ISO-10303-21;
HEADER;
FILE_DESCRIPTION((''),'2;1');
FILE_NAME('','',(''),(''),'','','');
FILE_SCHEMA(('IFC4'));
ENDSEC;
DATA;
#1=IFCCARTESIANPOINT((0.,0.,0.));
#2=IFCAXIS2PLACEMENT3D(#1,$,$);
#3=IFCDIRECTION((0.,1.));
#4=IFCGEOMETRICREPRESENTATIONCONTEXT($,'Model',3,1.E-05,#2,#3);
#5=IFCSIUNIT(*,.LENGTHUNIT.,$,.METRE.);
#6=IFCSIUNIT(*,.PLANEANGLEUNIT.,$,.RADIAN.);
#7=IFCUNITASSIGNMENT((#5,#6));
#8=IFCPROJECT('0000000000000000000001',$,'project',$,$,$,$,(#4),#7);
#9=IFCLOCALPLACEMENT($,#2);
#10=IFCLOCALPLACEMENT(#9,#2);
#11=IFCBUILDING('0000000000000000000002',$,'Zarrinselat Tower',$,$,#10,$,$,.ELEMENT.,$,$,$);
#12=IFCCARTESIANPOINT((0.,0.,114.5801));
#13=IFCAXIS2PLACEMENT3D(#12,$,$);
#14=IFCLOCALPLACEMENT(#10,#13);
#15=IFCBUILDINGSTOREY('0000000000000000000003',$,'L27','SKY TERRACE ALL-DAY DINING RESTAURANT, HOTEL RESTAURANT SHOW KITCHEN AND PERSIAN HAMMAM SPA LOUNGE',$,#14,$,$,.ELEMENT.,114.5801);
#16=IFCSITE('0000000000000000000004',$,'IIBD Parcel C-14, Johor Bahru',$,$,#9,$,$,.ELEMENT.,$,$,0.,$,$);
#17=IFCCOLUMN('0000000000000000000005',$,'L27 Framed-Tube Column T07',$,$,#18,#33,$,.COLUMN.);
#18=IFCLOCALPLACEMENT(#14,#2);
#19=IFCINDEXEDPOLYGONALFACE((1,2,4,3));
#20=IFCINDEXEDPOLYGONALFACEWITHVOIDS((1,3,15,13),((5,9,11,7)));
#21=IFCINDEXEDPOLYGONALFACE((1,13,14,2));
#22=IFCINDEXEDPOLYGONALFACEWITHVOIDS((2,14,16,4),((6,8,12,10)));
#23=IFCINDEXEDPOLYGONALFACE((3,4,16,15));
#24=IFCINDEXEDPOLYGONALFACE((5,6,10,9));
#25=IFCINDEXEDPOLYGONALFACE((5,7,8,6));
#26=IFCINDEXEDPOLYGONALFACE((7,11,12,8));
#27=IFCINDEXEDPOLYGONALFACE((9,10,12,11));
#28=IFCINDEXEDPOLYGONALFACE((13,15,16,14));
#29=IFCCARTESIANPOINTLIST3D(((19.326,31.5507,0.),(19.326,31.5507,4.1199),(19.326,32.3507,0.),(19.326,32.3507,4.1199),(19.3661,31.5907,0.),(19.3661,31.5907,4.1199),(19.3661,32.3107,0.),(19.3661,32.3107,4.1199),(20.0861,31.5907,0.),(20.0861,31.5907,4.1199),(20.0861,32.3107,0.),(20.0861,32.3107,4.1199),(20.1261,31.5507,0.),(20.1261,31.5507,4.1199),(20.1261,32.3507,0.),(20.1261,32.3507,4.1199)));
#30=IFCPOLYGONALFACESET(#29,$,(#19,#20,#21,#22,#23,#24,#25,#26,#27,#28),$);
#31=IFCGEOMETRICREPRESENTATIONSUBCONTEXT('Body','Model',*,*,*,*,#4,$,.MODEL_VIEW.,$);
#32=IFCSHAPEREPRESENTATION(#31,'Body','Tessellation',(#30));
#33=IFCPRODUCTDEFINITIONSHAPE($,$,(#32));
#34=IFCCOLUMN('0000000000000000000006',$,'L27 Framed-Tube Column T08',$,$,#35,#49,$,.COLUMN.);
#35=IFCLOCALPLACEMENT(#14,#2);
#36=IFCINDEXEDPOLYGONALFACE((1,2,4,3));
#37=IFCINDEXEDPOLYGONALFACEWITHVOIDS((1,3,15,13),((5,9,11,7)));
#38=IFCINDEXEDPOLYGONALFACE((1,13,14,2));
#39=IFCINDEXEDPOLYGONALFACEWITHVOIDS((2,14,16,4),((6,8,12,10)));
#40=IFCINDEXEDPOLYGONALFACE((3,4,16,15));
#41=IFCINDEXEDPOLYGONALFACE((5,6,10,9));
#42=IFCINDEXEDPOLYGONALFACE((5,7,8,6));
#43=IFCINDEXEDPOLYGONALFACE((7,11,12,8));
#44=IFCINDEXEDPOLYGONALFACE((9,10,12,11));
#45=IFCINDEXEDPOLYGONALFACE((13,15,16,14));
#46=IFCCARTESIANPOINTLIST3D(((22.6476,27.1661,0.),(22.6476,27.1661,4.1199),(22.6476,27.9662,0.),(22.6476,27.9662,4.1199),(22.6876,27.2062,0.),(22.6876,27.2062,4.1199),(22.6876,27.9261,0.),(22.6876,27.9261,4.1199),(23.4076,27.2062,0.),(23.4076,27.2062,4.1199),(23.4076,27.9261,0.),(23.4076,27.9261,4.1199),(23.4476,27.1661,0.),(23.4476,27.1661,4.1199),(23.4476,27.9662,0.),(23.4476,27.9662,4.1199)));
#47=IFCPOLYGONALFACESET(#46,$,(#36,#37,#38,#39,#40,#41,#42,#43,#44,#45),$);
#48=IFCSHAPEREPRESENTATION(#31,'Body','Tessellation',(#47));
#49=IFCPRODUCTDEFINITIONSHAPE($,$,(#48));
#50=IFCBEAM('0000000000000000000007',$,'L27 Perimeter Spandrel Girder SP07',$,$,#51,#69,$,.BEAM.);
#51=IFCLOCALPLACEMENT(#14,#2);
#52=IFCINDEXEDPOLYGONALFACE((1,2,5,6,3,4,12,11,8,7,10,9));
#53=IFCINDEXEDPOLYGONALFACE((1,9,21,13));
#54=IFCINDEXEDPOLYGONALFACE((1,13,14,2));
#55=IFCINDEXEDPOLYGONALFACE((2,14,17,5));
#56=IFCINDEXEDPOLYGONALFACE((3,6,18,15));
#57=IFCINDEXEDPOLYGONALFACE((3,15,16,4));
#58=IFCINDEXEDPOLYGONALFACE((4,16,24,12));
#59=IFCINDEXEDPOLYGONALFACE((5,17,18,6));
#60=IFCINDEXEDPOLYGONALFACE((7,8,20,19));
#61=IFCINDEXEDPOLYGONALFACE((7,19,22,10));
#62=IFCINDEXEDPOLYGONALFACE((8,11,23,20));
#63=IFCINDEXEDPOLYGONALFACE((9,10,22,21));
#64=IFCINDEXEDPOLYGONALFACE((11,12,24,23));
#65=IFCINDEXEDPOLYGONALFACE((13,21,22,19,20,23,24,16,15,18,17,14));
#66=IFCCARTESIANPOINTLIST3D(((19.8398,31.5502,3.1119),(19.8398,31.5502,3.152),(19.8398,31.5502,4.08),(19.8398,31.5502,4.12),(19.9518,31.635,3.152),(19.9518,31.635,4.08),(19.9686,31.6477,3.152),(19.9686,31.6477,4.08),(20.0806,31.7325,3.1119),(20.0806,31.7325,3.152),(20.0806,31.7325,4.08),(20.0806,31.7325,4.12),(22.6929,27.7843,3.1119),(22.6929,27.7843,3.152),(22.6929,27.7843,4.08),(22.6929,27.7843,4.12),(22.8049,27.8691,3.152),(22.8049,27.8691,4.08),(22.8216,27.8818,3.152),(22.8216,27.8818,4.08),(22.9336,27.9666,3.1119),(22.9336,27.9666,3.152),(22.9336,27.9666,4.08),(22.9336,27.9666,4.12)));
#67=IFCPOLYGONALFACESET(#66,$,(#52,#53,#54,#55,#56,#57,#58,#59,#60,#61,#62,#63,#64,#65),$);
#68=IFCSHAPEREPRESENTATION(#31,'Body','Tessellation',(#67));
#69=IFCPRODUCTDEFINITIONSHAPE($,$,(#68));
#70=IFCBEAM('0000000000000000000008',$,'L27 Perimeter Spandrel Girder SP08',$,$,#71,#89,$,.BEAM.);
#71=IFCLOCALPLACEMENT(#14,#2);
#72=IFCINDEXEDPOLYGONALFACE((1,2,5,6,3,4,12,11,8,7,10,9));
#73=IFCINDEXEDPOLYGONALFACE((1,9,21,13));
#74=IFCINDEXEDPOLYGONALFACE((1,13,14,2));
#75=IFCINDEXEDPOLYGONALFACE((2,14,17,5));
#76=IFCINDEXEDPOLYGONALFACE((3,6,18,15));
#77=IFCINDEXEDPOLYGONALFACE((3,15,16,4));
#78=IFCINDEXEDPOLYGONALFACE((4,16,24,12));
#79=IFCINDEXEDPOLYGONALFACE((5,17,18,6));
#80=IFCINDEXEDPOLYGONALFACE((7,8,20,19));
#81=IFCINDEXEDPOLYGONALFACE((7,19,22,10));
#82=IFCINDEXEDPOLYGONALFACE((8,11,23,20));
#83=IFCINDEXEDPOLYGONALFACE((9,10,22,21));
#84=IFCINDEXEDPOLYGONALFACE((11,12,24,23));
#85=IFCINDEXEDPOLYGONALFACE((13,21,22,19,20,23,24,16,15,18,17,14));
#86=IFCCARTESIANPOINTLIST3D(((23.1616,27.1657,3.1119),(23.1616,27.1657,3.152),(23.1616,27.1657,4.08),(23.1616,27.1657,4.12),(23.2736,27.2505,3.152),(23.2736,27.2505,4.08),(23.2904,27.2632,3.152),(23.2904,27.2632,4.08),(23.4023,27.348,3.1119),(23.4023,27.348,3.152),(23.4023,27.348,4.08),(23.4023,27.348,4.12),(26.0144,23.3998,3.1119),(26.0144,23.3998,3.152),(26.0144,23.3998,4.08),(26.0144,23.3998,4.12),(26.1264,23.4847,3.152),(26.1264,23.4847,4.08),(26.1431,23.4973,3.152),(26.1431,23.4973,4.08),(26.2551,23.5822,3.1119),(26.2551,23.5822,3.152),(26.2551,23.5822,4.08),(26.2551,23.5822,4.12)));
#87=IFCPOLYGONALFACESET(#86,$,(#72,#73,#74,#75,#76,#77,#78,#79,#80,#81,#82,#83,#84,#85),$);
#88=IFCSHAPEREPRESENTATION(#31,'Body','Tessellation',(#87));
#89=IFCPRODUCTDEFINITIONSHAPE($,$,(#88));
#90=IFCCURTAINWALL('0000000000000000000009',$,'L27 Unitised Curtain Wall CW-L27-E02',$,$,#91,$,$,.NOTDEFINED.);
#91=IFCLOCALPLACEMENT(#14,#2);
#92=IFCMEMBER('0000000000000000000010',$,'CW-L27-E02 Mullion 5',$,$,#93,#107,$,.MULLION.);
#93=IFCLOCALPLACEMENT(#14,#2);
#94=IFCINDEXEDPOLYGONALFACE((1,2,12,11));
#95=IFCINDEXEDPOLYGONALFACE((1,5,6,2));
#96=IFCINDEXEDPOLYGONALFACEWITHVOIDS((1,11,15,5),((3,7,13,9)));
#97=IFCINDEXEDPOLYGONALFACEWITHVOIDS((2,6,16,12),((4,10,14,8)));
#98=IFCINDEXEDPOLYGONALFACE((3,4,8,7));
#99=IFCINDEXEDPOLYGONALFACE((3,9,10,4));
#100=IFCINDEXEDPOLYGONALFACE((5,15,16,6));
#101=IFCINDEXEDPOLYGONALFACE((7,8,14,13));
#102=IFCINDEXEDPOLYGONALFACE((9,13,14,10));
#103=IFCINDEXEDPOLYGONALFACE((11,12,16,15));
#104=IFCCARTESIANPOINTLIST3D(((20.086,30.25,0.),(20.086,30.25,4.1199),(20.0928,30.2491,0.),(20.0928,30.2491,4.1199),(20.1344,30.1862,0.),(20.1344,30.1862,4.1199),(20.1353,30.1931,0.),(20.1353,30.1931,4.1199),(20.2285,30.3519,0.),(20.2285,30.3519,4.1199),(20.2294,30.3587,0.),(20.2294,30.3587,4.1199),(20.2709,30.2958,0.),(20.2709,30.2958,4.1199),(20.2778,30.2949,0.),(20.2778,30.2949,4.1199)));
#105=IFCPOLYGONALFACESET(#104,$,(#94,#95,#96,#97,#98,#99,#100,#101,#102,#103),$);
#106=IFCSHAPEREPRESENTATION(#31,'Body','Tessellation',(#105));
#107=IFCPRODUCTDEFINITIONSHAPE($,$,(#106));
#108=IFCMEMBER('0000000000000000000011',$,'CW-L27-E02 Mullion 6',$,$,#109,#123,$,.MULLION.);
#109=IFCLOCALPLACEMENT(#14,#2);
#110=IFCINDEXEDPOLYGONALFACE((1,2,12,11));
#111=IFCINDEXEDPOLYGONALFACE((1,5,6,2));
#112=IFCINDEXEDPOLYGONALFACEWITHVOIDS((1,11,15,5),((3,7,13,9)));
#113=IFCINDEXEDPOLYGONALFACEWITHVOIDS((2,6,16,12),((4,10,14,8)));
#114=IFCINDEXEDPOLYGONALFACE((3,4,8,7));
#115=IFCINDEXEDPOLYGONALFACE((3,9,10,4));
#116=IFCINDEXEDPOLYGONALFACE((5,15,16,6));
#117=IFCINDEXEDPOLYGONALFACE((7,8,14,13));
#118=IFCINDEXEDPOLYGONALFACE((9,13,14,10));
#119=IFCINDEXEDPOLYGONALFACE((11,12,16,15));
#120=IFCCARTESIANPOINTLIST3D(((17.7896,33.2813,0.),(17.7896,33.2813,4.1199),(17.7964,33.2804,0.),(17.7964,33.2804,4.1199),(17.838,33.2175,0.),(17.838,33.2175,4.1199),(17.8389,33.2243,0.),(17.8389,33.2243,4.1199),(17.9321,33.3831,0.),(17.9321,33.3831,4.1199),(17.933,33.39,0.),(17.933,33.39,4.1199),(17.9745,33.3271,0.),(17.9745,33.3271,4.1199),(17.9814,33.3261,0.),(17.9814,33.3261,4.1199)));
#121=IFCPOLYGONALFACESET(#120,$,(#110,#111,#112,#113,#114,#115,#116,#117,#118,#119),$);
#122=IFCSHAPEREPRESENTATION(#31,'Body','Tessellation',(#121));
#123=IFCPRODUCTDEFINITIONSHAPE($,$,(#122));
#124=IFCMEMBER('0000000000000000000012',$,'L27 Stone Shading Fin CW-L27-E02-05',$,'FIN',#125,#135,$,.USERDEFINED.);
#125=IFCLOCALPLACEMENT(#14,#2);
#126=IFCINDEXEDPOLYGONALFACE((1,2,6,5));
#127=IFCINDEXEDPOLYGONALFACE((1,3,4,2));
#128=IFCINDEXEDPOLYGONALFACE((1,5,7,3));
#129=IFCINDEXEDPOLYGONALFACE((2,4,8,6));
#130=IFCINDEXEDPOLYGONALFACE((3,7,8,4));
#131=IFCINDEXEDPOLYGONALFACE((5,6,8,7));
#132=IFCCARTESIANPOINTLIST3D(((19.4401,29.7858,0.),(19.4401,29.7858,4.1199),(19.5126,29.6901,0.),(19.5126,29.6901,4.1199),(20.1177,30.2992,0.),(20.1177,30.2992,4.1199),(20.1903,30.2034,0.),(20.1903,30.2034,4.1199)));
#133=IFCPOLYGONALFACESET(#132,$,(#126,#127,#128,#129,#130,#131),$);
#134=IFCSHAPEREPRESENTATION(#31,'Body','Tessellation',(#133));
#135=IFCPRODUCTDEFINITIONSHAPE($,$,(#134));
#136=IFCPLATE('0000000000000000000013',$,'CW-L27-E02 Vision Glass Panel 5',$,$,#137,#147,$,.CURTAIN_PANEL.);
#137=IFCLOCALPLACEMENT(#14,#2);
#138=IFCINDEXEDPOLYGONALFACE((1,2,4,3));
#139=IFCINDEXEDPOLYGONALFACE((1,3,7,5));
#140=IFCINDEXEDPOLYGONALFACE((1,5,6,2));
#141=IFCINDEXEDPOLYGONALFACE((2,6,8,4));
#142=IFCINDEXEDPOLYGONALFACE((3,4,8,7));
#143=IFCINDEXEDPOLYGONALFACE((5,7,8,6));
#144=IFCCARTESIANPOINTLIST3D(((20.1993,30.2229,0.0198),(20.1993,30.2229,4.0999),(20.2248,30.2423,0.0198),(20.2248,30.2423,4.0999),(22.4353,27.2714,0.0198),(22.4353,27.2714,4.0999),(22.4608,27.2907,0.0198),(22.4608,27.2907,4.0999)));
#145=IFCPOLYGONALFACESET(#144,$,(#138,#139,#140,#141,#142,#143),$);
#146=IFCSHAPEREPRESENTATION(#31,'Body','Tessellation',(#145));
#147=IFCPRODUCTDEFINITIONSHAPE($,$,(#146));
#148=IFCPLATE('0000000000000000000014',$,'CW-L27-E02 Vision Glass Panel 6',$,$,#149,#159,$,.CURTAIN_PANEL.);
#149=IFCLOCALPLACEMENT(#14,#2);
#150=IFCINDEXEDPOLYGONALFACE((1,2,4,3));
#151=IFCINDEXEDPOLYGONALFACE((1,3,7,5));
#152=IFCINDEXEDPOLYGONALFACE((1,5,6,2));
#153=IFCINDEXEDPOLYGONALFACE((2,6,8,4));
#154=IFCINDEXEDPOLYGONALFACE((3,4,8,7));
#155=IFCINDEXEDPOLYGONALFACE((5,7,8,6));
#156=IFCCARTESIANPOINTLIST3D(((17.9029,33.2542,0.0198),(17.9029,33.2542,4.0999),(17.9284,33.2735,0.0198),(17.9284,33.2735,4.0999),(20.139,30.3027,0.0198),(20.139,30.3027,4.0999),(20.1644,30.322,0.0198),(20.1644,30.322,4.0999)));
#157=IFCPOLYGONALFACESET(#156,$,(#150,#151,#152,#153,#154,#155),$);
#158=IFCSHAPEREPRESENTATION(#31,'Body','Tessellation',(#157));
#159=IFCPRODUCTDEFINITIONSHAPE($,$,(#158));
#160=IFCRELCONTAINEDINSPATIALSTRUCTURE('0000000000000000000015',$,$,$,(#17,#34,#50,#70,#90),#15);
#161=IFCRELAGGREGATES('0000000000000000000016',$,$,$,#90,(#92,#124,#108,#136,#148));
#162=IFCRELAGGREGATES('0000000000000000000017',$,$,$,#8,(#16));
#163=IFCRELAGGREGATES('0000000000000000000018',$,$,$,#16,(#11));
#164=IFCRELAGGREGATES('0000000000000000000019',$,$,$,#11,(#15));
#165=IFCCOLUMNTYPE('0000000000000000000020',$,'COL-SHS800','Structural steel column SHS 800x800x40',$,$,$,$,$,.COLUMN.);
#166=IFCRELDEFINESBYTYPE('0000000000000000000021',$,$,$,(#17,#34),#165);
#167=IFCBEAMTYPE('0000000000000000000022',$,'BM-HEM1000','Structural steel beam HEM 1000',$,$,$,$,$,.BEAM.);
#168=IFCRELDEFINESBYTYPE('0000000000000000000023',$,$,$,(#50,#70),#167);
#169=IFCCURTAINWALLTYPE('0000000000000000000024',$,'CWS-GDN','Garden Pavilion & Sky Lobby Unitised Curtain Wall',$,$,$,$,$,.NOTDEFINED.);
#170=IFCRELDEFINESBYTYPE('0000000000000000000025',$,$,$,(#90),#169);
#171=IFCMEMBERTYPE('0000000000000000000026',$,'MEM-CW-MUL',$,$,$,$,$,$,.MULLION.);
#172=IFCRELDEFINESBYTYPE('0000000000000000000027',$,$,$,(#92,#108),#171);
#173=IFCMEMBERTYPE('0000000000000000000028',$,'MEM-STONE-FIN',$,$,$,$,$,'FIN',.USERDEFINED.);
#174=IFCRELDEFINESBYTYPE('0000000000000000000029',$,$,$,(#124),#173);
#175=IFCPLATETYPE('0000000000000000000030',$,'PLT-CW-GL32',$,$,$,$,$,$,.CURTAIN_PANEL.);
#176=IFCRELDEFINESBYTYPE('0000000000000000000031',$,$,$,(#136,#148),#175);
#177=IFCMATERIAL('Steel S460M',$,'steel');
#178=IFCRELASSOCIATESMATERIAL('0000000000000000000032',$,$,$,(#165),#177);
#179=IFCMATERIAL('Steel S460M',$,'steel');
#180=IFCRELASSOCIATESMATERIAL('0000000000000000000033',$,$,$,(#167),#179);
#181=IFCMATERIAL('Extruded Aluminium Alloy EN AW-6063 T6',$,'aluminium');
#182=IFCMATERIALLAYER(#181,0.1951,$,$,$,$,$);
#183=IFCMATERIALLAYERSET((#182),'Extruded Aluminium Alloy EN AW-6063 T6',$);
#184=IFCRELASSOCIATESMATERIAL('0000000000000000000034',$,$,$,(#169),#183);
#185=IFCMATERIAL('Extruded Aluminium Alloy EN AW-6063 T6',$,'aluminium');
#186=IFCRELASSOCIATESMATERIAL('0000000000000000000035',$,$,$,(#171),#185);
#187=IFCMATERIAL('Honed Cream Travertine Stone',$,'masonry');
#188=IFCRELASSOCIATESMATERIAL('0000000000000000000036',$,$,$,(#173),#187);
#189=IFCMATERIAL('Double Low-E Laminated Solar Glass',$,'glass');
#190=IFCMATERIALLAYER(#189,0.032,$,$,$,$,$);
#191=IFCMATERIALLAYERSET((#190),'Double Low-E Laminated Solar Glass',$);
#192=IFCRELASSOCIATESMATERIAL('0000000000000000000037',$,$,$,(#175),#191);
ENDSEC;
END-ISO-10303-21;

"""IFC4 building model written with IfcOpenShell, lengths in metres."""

from ifc_helpers import new_model, si_unit, direction, frame, origin, origin_2d, place, context, subcontext, project, spatial, rectangle, hollow_rectangle, i_section, extrude, material, layer, layer_set, material_profile, profile_set, type_object, element, aggregate, save


model = new_model("IFC4")

# Units and contexts
model_context = context("Model", 3, precision=1e-05, world=origin(), true_north=direction((0.0, 1.0)))
body_context = subcontext(model_context, "Body", "Model", "MODEL_VIEW")
ifc_project = project(units=[si_unit("LENGTHUNIT", "METRE"), si_unit("PLANEANGLEUNIT", "RADIAN")], contexts=[model_context])

# Site, building, storey
site_placement = place(None, origin())
site = spatial("IfcSite", under=ifc_project, at=site_placement, Name="IIBD Parcel C-14, Johor Bahru", CompositionType="ELEMENT", RefElevation=0.0)
building_placement = place(site_placement, origin())
building = spatial("IfcBuilding", under=site, at=building_placement, Name="Zarrinselat Tower", CompositionType="ELEMENT")
storey_placement = place(building_placement, frame((0.0, 0.0, 114.5801)))
storey = spatial("IfcBuildingStorey", under=building, at=storey_placement, Name="L27", Description="SKY TERRACE ALL-DAY DINING RESTAURANT, HOTEL RESTAURANT SHOW KITCHEN AND PERSIAN HAMMAM SPA LOUNGE", CompositionType="ELEMENT", Elevation=114.5801)

# Columns
ifc_material_1 = material(Name="Steel S460M", Category="steel")
ifc_material_profile_1 = material_profile(ifc_material_1, hollow_rectangle(XDim=0.8, YDim=0.8, WallThickness=0.04, at=origin_2d()), Name="SHS 800x800x40")
ifc_profile_set_1 = profile_set([ifc_material_profile_1], Name="Steel S460M")
column_type = type_object("IfcColumnType", Name="COL-SHS800", Description="Structural steel column SHS 800x800x40", PredefinedType="COLUMN", material=ifc_profile_set_1)
for number, where, z_axis, x_axis, name in (
    (1, (19.7261, 31.9507, 0.0), (0.0, 0.0, 1.0), (1.0, 0.0, 0.0), "L27 Framed-Tube Column T07"),
    (2, (23.0476, 27.5662, 0.0), (0.0, 0.0, 1.0), (1.0, 0.0, 0.0), "L27 Framed-Tube Column T08"),
):
    element("IfcColumn", number, at=place(storey_placement, frame(where, z_axis=z_axis, x_axis=x_axis)), inside=storey, type_object=column_type, Name=name, PredefinedType="COLUMN", context=body_context, shape_type="SweptSolid", body=[
        extrude(hollow_rectangle(XDim=0.8, YDim=0.8, WallThickness=0.04, at=origin_2d()), origin(), (0.0, 0.0, 1.0), 4.1199),
    ])

# Beams
ifc_material_2 = material(Name="Steel S460M", Category="steel")
ifc_material_profile_2 = material_profile(ifc_material_2, i_section(OverallWidth=0.302, OverallDepth=1.0081, WebThickness=0.021, FlangeThickness=0.04, at=origin_2d()), Name="HEM 1000")
ifc_profile_set_2 = profile_set([ifc_material_profile_2], Name="Steel S460M")
beam_type = type_object("IfcBeamType", Name="BM-HEM1000", Description="Structural steel beam HEM 1000", PredefinedType="BEAM", material=ifc_profile_set_2)
beam_1_placement = place(storey_placement, frame((19.9602, 31.6414, 3.616), z_axis=(0.603871, -0.797082, 0.0), x_axis=(0.797082, 0.603871, 0.0)))
element("IfcBeam", 3, at=beam_1_placement, inside=storey, type_object=beam_type, Name="L27 Perimeter Spandrel Girder SP07", PredefinedType="BEAM", context=body_context, shape_type="SweptSolid", body=[
    extrude(i_section(OverallWidth=0.302, OverallDepth=1.0081, WebThickness=0.021, FlangeThickness=0.04, at=origin_2d()), origin(), (0.0, 0.0, 1.0), 4.7246),
])
beam_2_placement = place(storey_placement, frame((23.282, 27.2568, 3.616), z_axis=(0.603838, -0.797107, 0.0), x_axis=(0.797107, 0.603838, 0.0)))
element("IfcBeam", 4, at=beam_2_placement, inside=storey, type_object=beam_type, Name="L27 Perimeter Spandrel Girder SP08", PredefinedType="BEAM", context=body_context, shape_type="SweptSolid", body=[
    extrude(i_section(OverallWidth=0.302, OverallDepth=1.0081, WebThickness=0.021, FlangeThickness=0.04, at=origin_2d()), origin(), (0.0, 0.0, 1.0), 4.7244),
])

# Curtain wall, members, plates
ifc_material_3 = material(Name="Extruded Aluminium Alloy EN AW-6063 T6", Category="aluminium")
ifc_layer_1 = layer(ifc_material_3, 0.1951)
ifc_layer_set_1 = layer_set([ifc_layer_1], Name="Extruded Aluminium Alloy EN AW-6063 T6")
curtain_wall_type = type_object("IfcCurtainWallType", Name="CWS-GDN", Description="Garden Pavilion & Sky Lobby Unitised Curtain Wall", PredefinedType="NOTDEFINED", material=ifc_layer_set_1)
curtain_wall_placement = place(storey_placement, origin())
curtain_wall = element("IfcCurtainWall", 5, at=curtain_wall_placement, inside=storey, type_object=curtain_wall_type, Name="L27 Unitised Curtain Wall CW-L27-E02", PredefinedType="NOTDEFINED")
ifc_material_4 = material(Name="Extruded Aluminium Alloy EN AW-6063 T6", Category="aluminium")
ifc_material_profile_3 = material_profile(ifc_material_4, hollow_rectangle(XDim=0.0801, YDim=0.1799, WallThickness=0.0049, at=origin_2d()), Name="RHS 180x80x5")
ifc_profile_set_3 = profile_set([ifc_material_profile_3], Name="Extruded Aluminium Alloy EN AW-6063 T6")
member_type_1 = type_object("IfcMemberType", Name="MEM-CW-MUL", PredefinedType="MULLION", material=ifc_profile_set_3)
member_1_placement = place(storey_placement, frame((20.1819, 30.2725, 0.0), z_axis=(0.0, 0.0, 1.0), x_axis=(-0.603858, 0.797092, 0.0)))
member_1 = element("IfcMember", 6, at=member_1_placement, type_object=member_type_1, Name="CW-L27-E02 Mullion 5", PredefinedType="MULLION", context=body_context, shape_type="SweptSolid", body=[
    extrude(hollow_rectangle(XDim=0.0801, YDim=0.1799, WallThickness=0.0049, at=origin_2d()), origin(), (0.0, 0.0, 1.0), 4.1199),
])
member_2_placement = place(storey_placement, frame((17.8855, 33.3037, 0.0), z_axis=(0.0, 0.0, 1.0), x_axis=(-0.603858, 0.797092, 0.0)))
member_2 = element("IfcMember", 7, at=member_2_placement, type_object=member_type_1, Name="CW-L27-E02 Mullion 6", PredefinedType="MULLION", context=body_context, shape_type="SweptSolid", body=[
    extrude(hollow_rectangle(XDim=0.0801, YDim=0.1799, WallThickness=0.0049, at=origin_2d()), origin(), (0.0, 0.0, 1.0), 4.1199),
])
ifc_material_5 = material(Name="Honed Cream Travertine Stone", Category="masonry")
ifc_material_profile_4 = material_profile(ifc_material_5, rectangle(XDim=0.1201, YDim=0.8501, at=origin_2d()), Name="FIN 850x120")
ifc_profile_set_4 = profile_set([ifc_material_profile_4], Name="Honed Cream Travertine Stone")
member_type_2 = type_object("IfcMemberType", Name="MEM-STONE-FIN", ElementType="FIN", PredefinedType="USERDEFINED", material=ifc_profile_set_4)
member_3_placement = place(storey_placement, frame((19.8152, 29.9946, 0.0), z_axis=(0.0, 0.0, 1.0), x_axis=(-0.603858, 0.797092, 0.0)))
member_3 = element("IfcMember", 8, at=member_3_placement, type_object=member_type_2, Name="L27 Stone Shading Fin CW-L27-E02-05", ObjectType="FIN", PredefinedType="USERDEFINED", context=body_context, shape_type="SweptSolid", body=[
    extrude(rectangle(XDim=0.1201, YDim=0.8501, at=origin_2d()), origin(), (0.0, 0.0, 1.0), 4.1199),
])
ifc_material_6 = material(Name="Double Low-E Laminated Solar Glass", Category="glass")
ifc_layer_2 = layer(ifc_material_6, 0.032)
ifc_layer_set_2 = layer_set([ifc_layer_2], Name="Double Low-E Laminated Solar Glass")
plate_type = type_object("IfcPlateType", Name="PLT-CW-GL32", PredefinedType="CURTAIN_PANEL", material=ifc_layer_set_2)
plate_1_placement = place(storey_placement, frame((21.3301, 28.7568, 0.0198), z_axis=(0.0, 0.0, 1.0), x_axis=(-0.603858, 0.797092, 0.0)))
plate_1 = element("IfcPlate", 9, at=plate_1_placement, type_object=plate_type, Name="CW-L27-E02 Vision Glass Panel 5", PredefinedType="CURTAIN_PANEL", context=body_context, shape_type="SweptSolid", body=[
    extrude(rectangle(XDim=3.7029, YDim=0.032, at=origin_2d()), origin(), (0.0, 0.0, 1.0), 4.0801),
])
plate_2_placement = place(storey_placement, frame((19.0337, 31.7881, 0.0198), z_axis=(0.0, 0.0, 1.0), x_axis=(-0.603858, 0.797092, 0.0)))
plate_2 = element("IfcPlate", 10, at=plate_2_placement, type_object=plate_type, Name="CW-L27-E02 Vision Glass Panel 6", PredefinedType="CURTAIN_PANEL", context=body_context, shape_type="SweptSolid", body=[
    extrude(rectangle(XDim=3.7029, YDim=0.032, at=origin_2d()), origin(), (0.0, 0.0, 1.0), 4.0801),
])
aggregate(curtain_wall, [member_1, member_3, member_2, plate_1, plate_2])

save(model, "model.ifc")
